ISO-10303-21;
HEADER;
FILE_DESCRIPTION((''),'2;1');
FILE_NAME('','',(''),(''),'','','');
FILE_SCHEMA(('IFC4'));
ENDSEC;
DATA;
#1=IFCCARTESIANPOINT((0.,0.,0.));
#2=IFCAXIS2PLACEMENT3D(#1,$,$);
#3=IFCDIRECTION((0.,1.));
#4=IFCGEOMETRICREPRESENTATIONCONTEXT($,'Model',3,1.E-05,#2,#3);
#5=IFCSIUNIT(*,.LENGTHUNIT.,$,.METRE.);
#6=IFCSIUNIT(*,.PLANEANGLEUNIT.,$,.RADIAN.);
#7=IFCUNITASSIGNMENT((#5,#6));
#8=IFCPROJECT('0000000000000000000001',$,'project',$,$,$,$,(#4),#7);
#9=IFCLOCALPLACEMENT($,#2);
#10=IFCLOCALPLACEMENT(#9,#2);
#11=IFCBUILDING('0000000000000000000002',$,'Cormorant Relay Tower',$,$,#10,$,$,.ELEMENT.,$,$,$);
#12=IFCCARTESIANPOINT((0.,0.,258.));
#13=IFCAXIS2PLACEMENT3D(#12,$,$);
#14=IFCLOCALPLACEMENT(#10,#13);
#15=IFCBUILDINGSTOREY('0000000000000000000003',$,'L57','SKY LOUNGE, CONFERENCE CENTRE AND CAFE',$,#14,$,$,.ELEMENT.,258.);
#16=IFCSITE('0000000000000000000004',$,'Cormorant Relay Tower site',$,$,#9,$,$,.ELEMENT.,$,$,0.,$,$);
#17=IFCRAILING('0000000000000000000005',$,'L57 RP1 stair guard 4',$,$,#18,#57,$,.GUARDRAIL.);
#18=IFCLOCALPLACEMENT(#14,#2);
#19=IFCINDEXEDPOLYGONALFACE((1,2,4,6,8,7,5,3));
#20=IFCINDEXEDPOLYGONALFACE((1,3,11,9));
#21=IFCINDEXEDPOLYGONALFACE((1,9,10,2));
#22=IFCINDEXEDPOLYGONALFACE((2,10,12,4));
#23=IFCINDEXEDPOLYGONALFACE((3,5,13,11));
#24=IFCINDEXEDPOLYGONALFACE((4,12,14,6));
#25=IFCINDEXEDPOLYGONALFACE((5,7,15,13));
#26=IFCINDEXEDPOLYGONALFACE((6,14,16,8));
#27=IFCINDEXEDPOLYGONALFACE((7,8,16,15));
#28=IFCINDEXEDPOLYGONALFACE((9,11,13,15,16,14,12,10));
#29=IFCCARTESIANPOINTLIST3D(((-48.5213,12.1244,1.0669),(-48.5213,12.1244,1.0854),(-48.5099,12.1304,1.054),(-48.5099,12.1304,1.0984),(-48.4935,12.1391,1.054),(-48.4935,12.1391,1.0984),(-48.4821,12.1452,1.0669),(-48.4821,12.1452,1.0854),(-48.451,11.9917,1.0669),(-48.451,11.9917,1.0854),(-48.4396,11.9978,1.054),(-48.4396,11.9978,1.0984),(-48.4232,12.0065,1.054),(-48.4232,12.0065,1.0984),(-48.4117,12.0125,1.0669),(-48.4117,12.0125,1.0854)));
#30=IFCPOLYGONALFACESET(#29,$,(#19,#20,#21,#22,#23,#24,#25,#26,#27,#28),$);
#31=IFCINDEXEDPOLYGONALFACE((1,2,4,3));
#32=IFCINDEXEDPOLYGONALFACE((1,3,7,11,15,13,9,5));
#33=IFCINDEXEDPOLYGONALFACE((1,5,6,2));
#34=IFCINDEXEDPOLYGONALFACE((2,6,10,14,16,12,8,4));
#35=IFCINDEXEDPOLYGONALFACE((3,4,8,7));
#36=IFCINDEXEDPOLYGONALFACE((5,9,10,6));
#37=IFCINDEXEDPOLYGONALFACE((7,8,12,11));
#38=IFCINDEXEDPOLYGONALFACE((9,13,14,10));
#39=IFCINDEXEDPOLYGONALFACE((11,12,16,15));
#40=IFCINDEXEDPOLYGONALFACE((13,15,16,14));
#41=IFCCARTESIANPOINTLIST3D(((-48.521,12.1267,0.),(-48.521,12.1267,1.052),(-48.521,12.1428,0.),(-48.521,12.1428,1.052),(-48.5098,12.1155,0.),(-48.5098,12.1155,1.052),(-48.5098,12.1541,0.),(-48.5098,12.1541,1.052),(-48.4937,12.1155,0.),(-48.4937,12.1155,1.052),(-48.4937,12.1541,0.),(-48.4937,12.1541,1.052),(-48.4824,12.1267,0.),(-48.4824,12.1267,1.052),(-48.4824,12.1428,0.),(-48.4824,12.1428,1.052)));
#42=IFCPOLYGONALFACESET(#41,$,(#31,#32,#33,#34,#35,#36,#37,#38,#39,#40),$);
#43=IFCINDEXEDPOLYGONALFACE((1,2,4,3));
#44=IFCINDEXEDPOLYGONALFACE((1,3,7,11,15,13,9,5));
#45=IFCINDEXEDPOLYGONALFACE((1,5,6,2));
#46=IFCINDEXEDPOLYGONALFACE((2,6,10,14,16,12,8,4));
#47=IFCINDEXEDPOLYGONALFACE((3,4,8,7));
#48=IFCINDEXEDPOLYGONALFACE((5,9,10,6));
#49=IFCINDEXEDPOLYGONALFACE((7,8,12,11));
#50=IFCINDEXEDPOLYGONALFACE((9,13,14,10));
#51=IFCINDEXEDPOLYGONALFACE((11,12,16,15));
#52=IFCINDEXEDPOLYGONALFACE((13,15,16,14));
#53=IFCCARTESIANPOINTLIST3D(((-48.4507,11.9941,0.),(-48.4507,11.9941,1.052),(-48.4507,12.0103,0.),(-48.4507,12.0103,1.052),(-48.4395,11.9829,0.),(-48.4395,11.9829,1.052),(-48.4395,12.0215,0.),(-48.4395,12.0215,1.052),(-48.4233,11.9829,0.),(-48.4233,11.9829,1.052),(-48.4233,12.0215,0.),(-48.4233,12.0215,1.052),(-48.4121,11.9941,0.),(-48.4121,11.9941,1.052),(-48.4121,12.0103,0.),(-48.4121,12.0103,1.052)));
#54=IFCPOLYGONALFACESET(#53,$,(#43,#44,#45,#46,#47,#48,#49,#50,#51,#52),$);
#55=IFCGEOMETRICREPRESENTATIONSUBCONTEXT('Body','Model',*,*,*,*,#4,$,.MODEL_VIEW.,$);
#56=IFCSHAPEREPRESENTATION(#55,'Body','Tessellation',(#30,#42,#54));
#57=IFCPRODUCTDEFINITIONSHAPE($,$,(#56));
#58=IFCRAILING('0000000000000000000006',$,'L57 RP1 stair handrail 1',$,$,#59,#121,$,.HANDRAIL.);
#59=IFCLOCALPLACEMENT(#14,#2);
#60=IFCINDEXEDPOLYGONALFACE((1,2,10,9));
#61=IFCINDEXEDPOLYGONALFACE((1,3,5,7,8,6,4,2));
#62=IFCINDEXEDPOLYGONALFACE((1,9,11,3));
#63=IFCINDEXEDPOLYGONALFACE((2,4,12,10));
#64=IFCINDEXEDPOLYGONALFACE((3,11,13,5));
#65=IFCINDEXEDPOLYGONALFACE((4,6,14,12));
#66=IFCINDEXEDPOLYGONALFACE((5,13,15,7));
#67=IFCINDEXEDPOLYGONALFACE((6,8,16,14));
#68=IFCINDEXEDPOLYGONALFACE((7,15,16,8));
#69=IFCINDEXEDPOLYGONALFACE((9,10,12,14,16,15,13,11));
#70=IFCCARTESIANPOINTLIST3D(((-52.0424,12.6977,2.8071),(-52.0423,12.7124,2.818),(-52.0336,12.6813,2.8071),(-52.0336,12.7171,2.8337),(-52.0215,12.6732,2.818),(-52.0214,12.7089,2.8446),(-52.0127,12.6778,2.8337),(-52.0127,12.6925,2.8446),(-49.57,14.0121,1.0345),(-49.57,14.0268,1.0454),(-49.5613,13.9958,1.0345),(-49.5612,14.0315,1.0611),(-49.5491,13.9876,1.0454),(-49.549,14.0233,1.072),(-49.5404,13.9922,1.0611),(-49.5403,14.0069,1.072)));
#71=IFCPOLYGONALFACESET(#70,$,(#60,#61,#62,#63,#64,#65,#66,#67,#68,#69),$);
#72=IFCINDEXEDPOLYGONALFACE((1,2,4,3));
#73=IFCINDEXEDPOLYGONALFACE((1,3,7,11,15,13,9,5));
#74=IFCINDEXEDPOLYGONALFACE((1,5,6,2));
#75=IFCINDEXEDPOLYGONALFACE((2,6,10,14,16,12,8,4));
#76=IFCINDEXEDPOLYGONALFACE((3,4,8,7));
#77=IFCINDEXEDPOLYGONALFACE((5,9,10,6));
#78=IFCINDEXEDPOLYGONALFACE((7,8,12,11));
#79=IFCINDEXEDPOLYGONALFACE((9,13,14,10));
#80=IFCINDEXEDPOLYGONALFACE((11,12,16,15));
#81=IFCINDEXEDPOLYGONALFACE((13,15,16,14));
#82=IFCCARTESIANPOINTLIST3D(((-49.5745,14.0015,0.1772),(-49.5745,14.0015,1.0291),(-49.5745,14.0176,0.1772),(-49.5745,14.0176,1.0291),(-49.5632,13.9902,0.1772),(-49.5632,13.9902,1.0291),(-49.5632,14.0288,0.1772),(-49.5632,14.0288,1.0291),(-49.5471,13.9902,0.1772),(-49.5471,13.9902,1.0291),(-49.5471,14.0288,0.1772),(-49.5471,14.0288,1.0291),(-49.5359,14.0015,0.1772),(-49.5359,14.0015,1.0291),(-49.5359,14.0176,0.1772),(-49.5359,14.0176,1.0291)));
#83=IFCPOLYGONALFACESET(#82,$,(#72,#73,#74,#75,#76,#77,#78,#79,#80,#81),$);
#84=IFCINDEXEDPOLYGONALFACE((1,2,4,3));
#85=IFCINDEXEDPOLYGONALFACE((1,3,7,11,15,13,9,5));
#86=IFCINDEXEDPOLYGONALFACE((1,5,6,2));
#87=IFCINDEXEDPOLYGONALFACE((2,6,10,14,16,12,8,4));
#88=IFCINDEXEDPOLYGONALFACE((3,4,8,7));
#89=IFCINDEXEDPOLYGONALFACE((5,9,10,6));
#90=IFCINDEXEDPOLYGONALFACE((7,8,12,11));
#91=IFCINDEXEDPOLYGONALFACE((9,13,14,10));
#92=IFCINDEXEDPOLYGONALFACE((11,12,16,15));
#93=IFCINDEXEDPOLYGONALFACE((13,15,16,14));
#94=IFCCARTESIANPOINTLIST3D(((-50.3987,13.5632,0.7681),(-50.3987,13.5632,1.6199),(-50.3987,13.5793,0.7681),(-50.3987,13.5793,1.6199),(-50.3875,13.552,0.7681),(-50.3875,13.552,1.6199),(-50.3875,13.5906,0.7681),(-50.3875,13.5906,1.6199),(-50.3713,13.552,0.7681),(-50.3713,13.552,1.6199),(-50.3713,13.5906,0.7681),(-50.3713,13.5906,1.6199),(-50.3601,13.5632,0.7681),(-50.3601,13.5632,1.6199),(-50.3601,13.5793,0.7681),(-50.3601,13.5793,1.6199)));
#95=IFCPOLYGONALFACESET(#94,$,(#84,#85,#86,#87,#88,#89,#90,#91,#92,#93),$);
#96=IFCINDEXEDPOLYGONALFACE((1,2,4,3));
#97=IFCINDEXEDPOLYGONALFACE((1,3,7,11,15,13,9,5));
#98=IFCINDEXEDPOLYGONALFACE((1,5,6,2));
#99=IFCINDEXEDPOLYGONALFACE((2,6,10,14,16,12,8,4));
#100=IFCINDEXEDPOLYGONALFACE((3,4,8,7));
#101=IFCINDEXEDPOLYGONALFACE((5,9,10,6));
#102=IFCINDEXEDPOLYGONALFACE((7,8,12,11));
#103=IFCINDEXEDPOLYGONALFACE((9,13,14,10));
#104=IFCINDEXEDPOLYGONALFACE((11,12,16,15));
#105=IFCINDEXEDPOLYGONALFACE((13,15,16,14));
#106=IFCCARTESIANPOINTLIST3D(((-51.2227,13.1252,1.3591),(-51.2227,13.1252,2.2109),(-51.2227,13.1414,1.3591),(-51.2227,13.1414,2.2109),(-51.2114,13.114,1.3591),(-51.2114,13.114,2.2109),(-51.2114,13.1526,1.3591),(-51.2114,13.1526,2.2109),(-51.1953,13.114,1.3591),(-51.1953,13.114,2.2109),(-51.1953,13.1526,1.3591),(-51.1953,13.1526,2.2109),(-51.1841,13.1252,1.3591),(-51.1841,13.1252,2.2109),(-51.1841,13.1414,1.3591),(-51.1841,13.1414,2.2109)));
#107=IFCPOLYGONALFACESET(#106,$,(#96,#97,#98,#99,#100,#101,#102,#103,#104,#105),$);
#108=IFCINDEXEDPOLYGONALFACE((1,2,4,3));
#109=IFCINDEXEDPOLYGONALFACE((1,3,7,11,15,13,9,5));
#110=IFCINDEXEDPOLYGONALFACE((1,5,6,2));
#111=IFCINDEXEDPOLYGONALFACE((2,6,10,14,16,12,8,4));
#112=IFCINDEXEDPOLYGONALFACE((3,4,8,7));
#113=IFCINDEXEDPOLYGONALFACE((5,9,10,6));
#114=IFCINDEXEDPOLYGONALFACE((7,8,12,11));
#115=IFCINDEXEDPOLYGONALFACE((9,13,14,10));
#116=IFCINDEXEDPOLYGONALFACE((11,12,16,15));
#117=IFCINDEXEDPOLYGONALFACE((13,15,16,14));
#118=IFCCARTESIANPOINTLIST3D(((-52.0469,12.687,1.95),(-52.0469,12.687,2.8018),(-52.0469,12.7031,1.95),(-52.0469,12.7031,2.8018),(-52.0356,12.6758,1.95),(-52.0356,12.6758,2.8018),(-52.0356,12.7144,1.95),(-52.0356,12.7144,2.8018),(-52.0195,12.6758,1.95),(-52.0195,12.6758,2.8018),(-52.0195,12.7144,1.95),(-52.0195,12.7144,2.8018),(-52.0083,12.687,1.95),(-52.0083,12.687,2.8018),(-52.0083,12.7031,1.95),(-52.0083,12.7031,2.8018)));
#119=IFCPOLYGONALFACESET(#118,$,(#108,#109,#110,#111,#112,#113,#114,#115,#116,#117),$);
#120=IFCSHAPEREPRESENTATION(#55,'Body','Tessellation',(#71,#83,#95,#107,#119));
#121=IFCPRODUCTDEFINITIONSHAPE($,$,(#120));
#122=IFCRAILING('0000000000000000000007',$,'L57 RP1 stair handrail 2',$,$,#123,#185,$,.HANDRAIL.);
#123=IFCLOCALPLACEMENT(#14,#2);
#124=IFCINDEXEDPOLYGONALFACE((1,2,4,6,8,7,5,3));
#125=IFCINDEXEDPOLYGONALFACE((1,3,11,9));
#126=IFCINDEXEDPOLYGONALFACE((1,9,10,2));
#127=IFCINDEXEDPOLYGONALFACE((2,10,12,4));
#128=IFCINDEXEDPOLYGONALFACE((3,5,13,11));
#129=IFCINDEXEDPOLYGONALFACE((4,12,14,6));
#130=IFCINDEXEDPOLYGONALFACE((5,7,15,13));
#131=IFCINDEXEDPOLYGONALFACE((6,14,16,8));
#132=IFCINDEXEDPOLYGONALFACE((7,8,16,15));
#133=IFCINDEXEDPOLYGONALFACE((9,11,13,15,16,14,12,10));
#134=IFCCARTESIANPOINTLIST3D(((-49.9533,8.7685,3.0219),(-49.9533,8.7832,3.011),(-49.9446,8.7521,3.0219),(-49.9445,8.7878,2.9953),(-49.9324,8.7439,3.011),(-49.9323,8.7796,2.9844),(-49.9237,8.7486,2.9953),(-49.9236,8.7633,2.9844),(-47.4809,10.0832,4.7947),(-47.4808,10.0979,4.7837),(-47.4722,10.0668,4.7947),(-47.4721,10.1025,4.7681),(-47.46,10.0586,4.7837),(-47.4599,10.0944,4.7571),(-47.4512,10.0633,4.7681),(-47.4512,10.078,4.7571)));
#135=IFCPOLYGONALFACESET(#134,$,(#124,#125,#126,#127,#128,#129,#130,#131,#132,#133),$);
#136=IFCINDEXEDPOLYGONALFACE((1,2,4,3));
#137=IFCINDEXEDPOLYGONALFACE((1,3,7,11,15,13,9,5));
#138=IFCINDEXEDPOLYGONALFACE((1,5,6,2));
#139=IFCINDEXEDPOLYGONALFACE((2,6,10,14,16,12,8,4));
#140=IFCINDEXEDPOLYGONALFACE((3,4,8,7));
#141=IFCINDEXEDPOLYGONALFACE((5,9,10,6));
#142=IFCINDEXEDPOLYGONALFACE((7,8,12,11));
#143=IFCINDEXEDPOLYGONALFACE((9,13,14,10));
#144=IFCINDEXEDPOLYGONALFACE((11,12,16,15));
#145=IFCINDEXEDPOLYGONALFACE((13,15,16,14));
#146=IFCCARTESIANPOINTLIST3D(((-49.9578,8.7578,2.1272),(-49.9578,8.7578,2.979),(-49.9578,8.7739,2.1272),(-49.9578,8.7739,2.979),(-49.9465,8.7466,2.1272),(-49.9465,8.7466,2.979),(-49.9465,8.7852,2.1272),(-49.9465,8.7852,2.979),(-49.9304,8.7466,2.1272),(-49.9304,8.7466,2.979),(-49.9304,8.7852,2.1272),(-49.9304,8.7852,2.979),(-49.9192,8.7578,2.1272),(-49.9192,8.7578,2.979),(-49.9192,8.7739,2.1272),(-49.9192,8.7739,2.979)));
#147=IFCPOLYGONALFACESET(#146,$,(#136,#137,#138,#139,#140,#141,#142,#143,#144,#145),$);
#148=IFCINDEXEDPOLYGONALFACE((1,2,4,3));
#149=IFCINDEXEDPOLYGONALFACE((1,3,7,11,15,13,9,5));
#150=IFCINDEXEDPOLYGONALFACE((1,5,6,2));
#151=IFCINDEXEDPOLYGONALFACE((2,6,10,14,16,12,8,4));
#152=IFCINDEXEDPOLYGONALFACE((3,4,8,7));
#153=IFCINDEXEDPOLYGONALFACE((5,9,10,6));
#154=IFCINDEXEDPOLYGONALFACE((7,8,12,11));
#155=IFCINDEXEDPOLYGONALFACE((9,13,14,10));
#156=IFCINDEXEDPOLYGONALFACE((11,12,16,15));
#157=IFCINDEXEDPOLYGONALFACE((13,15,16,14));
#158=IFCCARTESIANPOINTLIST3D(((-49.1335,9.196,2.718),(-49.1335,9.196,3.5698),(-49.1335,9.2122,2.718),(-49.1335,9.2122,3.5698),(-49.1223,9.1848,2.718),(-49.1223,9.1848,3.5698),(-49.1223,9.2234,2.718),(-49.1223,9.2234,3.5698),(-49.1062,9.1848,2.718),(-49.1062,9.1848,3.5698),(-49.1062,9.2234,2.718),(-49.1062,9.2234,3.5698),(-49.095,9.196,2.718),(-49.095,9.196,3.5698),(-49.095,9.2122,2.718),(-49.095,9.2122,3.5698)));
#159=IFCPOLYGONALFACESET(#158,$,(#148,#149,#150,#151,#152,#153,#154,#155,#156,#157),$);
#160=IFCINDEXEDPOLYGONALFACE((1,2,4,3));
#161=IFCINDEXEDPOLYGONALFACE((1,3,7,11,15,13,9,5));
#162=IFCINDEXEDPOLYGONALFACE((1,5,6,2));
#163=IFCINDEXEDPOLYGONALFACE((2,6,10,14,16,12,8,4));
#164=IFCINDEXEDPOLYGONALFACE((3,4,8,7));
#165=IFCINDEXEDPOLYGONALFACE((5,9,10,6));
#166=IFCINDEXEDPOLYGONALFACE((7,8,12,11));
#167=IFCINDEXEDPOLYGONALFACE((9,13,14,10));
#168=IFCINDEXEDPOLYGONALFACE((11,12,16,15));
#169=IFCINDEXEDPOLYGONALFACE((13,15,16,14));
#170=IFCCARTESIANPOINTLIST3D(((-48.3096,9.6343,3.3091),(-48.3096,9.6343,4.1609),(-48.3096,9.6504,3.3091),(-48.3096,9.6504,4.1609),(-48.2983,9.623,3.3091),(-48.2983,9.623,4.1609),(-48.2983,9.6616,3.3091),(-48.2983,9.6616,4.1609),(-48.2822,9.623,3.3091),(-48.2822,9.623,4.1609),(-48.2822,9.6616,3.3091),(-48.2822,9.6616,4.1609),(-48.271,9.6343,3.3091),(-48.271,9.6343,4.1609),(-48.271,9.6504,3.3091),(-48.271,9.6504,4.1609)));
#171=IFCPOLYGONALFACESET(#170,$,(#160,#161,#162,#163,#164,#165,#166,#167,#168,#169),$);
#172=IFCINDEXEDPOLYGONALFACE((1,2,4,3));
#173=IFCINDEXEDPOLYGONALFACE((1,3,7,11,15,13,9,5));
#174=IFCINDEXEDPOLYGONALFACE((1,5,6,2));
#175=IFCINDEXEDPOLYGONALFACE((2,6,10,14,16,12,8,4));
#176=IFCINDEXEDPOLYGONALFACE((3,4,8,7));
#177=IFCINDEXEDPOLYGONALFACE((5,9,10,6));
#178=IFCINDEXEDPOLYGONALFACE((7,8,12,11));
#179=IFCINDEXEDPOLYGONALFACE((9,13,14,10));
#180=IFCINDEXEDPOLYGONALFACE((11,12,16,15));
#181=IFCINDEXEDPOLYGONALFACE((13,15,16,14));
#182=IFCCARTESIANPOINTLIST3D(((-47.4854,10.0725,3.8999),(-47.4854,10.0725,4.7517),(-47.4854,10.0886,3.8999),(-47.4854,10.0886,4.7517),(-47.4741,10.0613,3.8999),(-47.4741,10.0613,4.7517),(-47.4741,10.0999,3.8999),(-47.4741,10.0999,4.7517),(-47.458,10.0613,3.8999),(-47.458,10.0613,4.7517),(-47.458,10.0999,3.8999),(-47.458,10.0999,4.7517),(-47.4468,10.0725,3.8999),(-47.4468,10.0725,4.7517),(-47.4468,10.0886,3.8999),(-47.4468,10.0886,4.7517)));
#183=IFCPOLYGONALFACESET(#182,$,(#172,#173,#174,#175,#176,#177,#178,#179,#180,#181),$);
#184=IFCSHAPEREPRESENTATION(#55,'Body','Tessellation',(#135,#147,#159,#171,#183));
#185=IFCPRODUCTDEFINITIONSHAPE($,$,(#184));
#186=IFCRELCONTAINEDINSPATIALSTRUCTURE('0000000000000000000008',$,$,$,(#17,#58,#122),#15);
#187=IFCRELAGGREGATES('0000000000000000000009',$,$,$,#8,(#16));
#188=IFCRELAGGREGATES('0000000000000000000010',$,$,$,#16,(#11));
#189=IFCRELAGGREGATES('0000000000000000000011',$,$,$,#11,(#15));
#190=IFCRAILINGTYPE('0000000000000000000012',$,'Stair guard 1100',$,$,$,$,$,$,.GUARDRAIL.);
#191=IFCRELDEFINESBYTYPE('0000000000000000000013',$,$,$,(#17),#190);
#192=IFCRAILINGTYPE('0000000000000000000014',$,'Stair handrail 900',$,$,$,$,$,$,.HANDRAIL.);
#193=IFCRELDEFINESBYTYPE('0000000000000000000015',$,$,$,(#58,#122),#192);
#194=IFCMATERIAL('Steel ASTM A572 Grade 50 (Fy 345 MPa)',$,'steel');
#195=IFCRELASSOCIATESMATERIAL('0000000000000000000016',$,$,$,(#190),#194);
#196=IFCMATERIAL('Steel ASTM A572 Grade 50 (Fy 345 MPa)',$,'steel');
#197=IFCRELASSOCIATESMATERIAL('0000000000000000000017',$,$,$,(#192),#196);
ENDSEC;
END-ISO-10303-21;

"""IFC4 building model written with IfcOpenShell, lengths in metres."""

from ifc_helpers import new_model, si_unit, direction, frame, origin, place, context, subcontext, project, spatial, polyline, outline, extrude, material, type_object, element, save


model = new_model("IFC4")

# Units and contexts
model_context = context("Model", 3, precision=1e-05, world=origin(), true_north=direction((0.0, 1.0)))
body_context = subcontext(model_context, "Body", "Model", "MODEL_VIEW")
ifc_project = project(units=[si_unit("LENGTHUNIT", "METRE"), si_unit("PLANEANGLEUNIT", "RADIAN")], contexts=[model_context])

# Site, building, storey
site_placement = place(None, origin())
site = spatial("IfcSite", under=ifc_project, at=site_placement, Name="Cormorant Relay Tower site", CompositionType="ELEMENT", RefElevation=0.0)
building_placement = place(site_placement, origin())
building = spatial("IfcBuilding", under=site, at=building_placement, Name="Cormorant Relay Tower", CompositionType="ELEMENT")
storey_placement = place(building_placement, frame((0.0, 0.0, 258.0)))
storey = spatial("IfcBuildingStorey", under=building, at=storey_placement, Name="L57", Description="SKY LOUNGE, CONFERENCE CENTRE AND CAFE", CompositionType="ELEMENT", Elevation=258.0)

# Railings
ifc_material_1 = material(Name="Steel ASTM A572 Grade 50 (Fy 345 MPa)", Category="steel")
railing_type_1 = type_object("IfcRailingType", Name="Stair guard 1100", PredefinedType="GUARDRAIL", material=ifc_material_1)
railing_1_placement = place(storey_placement, frame((-48.5017, 12.1348, 0.0)))
element("IfcRailing", 1, at=railing_1_placement, inside=storey, type_object=railing_type_1, Name="L57 RP1 stair guard 4", PredefinedType="GUARDRAIL", context=body_context, shape_type="SweptSolid", body=[
    extrude(outline(polyline([(0.0222, 0.0093), (0.0093, 0.0222), (-0.0093, 0.0222), (-0.0222, 0.0093), (-0.0222, -0.0093), (-0.0093, -0.0222), (0.0093, -0.0222), (0.0222, -0.0093), (0.0222, 0.0093)])), frame((0.0, 0.0, 1.0762), z_axis=(0.46856, -0.883431, 0.0), x_axis=(0.883431, 0.46856, 0.0)), (0.0, 0.0, 1.0), 0.1501),
    extrude(outline(polyline([(0.0193, 0.0081), (0.0081, 0.0193), (-0.0081, 0.0193), (-0.0193, 0.0081), (-0.0193, -0.0081), (-0.0081, -0.0193), (0.0081, -0.0193), (0.0193, -0.0081), (0.0193, 0.0081)])), origin(), (0.0, 0.0, 1.0), 1.052),
    extrude(outline(polyline([(0.0193, 0.0081), (0.0081, 0.0193), (-0.0081, 0.0193), (-0.0193, 0.0081), (-0.0193, -0.0081), (-0.0081, -0.0193), (0.0081, -0.0193), (0.0193, -0.0081), (0.0193, 0.0081)])), frame((0.0703, -0.1326, 0.0)), (0.0, 0.0, 1.0), 1.052),
])
ifc_material_2 = material(Name="Steel ASTM A572 Grade 50 (Fy 345 MPa)", Category="steel")
railing_type_2 = type_object("IfcRailingType", Name="Stair handrail 900", PredefinedType="HANDRAIL", material=ifc_material_2)
railing_2_placement = place(storey_placement, frame((-49.5552, 14.0095, 0.1772)))
element("IfcRailing", 2, at=railing_2_placement, inside=storey, type_object=railing_type_2, Name="L57 RP1 stair handrail 1", PredefinedType="HANDRAIL", context=body_context, shape_type="SweptSolid", body=[
    extrude(outline(polyline([(0.0222, 0.0093), (0.0093, 0.0222), (-0.0093, 0.0222), (-0.0222, 0.0093), (-0.0222, -0.0093), (-0.0093, -0.0222), (0.0093, -0.0222), (0.0222, -0.0093), (0.0222, 0.0093)])), frame((0.0, 0.0, 0.876), z_axis=(-0.746034, -0.396627, 0.534902), x_axis=(0.469429, -0.88297, 0.0)), (0.0, 0.0, 1.0), 3.314),
    extrude(outline(polyline([(0.0193, 0.0081), (0.0081, 0.0193), (-0.0081, 0.0193), (-0.0193, 0.0081), (-0.0193, -0.0081), (-0.0081, -0.0193), (0.0081, -0.0193), (0.0193, -0.0081), (0.0193, 0.0081)])), origin(), (0.0, 0.0, 1.0), 0.8518),
    extrude(outline(polyline([(0.0193, 0.0081), (0.0081, 0.0193), (-0.0081, 0.0193), (-0.0193, 0.0081), (-0.0193, -0.0081), (-0.0081, -0.0193), (0.0081, -0.0193), (0.0193, -0.0081), (0.0193, 0.0081)])), frame((-0.8242, -0.4382, 0.5908)), (0.0, 0.0, 1.0), 0.8518),
    extrude(outline(polyline([(0.0193, 0.0081), (0.0081, 0.0193), (-0.0081, 0.0193), (-0.0193, 0.0081), (-0.0193, -0.0081), (-0.0081, -0.0193), (0.0081, -0.0193), (0.0193, -0.0081), (0.0193, 0.0081)])), frame((-1.6482, -0.8762, 1.1819)), (0.0, 0.0, 1.0), 0.8518),
    extrude(outline(polyline([(0.0193, 0.0081), (0.0081, 0.0193), (-0.0081, 0.0193), (-0.0193, 0.0081), (-0.0193, -0.0081), (-0.0081, -0.0193), (0.0081, -0.0193), (0.0193, -0.0081), (0.0193, 0.0081)])), frame((-2.4724, -1.3145, 1.7727)), (0.0, 0.0, 1.0), 0.8518),
])
railing_3_placement = place(storey_placement, frame((-49.9385, 8.7659, 2.1272)))
element("IfcRailing", 3, at=railing_3_placement, inside=storey, type_object=railing_type_2, Name="L57 RP1 stair handrail 2", PredefinedType="HANDRAIL", context=body_context, shape_type="SweptSolid", body=[
    extrude(outline(polyline([(0.0222, 0.0093), (0.0093, 0.0222), (-0.0093, 0.0222), (-0.0222, 0.0093), (-0.0222, -0.0093), (-0.0093, -0.0222), (0.0093, -0.0222), (0.0222, -0.0093), (0.0222, 0.0093)])), frame((0.0, 0.0, 0.876), z_axis=(0.746012, 0.39669, 0.534886), x_axis=(-0.469497, 0.882934, 0.0)), (0.0, 0.0, 1.0), 3.3142),
    extrude(outline(polyline([(0.0193, 0.0081), (0.0081, 0.0193), (-0.0081, 0.0193), (-0.0193, 0.0081), (-0.0193, -0.0081), (-0.0081, -0.0193), (0.0081, -0.0193), (0.0193, -0.0081), (0.0193, 0.0081)])), origin(), (0.0, 0.0, 1.0), 0.8518),
    extrude(outline(polyline([(0.0193, 0.0081), (0.0081, 0.0193), (-0.0081, 0.0193), (-0.0193, 0.0081), (-0.0193, -0.0081), (-0.0081, -0.0193), (0.0081, -0.0193), (0.0193, -0.0081), (0.0193, 0.0081)])), frame((0.8242, 0.4382, 0.5908)), (0.0, 0.0, 1.0), 0.8518),
    extrude(outline(polyline([(0.0193, 0.0081), (0.0081, 0.0193), (-0.0081, 0.0193), (-0.0193, 0.0081), (-0.0193, -0.0081), (-0.0081, -0.0193), (0.0081, -0.0193), (0.0193, -0.0081), (0.0193, 0.0081)])), frame((1.6482, 0.8765, 1.1819)), (0.0, 0.0, 1.0), 0.8518),
    extrude(outline(polyline([(0.0193, 0.0081), (0.0081, 0.0193), (-0.0081, 0.0193), (-0.0193, 0.0081), (-0.0193, -0.0081), (-0.0081, -0.0193), (0.0081, -0.0193), (0.0193, -0.0081), (0.0193, 0.0081)])), frame((2.4724, 1.3147, 1.7727)), (0.0, 0.0, 1.0), 0.8518),
])

save(model, "model.ifc")
